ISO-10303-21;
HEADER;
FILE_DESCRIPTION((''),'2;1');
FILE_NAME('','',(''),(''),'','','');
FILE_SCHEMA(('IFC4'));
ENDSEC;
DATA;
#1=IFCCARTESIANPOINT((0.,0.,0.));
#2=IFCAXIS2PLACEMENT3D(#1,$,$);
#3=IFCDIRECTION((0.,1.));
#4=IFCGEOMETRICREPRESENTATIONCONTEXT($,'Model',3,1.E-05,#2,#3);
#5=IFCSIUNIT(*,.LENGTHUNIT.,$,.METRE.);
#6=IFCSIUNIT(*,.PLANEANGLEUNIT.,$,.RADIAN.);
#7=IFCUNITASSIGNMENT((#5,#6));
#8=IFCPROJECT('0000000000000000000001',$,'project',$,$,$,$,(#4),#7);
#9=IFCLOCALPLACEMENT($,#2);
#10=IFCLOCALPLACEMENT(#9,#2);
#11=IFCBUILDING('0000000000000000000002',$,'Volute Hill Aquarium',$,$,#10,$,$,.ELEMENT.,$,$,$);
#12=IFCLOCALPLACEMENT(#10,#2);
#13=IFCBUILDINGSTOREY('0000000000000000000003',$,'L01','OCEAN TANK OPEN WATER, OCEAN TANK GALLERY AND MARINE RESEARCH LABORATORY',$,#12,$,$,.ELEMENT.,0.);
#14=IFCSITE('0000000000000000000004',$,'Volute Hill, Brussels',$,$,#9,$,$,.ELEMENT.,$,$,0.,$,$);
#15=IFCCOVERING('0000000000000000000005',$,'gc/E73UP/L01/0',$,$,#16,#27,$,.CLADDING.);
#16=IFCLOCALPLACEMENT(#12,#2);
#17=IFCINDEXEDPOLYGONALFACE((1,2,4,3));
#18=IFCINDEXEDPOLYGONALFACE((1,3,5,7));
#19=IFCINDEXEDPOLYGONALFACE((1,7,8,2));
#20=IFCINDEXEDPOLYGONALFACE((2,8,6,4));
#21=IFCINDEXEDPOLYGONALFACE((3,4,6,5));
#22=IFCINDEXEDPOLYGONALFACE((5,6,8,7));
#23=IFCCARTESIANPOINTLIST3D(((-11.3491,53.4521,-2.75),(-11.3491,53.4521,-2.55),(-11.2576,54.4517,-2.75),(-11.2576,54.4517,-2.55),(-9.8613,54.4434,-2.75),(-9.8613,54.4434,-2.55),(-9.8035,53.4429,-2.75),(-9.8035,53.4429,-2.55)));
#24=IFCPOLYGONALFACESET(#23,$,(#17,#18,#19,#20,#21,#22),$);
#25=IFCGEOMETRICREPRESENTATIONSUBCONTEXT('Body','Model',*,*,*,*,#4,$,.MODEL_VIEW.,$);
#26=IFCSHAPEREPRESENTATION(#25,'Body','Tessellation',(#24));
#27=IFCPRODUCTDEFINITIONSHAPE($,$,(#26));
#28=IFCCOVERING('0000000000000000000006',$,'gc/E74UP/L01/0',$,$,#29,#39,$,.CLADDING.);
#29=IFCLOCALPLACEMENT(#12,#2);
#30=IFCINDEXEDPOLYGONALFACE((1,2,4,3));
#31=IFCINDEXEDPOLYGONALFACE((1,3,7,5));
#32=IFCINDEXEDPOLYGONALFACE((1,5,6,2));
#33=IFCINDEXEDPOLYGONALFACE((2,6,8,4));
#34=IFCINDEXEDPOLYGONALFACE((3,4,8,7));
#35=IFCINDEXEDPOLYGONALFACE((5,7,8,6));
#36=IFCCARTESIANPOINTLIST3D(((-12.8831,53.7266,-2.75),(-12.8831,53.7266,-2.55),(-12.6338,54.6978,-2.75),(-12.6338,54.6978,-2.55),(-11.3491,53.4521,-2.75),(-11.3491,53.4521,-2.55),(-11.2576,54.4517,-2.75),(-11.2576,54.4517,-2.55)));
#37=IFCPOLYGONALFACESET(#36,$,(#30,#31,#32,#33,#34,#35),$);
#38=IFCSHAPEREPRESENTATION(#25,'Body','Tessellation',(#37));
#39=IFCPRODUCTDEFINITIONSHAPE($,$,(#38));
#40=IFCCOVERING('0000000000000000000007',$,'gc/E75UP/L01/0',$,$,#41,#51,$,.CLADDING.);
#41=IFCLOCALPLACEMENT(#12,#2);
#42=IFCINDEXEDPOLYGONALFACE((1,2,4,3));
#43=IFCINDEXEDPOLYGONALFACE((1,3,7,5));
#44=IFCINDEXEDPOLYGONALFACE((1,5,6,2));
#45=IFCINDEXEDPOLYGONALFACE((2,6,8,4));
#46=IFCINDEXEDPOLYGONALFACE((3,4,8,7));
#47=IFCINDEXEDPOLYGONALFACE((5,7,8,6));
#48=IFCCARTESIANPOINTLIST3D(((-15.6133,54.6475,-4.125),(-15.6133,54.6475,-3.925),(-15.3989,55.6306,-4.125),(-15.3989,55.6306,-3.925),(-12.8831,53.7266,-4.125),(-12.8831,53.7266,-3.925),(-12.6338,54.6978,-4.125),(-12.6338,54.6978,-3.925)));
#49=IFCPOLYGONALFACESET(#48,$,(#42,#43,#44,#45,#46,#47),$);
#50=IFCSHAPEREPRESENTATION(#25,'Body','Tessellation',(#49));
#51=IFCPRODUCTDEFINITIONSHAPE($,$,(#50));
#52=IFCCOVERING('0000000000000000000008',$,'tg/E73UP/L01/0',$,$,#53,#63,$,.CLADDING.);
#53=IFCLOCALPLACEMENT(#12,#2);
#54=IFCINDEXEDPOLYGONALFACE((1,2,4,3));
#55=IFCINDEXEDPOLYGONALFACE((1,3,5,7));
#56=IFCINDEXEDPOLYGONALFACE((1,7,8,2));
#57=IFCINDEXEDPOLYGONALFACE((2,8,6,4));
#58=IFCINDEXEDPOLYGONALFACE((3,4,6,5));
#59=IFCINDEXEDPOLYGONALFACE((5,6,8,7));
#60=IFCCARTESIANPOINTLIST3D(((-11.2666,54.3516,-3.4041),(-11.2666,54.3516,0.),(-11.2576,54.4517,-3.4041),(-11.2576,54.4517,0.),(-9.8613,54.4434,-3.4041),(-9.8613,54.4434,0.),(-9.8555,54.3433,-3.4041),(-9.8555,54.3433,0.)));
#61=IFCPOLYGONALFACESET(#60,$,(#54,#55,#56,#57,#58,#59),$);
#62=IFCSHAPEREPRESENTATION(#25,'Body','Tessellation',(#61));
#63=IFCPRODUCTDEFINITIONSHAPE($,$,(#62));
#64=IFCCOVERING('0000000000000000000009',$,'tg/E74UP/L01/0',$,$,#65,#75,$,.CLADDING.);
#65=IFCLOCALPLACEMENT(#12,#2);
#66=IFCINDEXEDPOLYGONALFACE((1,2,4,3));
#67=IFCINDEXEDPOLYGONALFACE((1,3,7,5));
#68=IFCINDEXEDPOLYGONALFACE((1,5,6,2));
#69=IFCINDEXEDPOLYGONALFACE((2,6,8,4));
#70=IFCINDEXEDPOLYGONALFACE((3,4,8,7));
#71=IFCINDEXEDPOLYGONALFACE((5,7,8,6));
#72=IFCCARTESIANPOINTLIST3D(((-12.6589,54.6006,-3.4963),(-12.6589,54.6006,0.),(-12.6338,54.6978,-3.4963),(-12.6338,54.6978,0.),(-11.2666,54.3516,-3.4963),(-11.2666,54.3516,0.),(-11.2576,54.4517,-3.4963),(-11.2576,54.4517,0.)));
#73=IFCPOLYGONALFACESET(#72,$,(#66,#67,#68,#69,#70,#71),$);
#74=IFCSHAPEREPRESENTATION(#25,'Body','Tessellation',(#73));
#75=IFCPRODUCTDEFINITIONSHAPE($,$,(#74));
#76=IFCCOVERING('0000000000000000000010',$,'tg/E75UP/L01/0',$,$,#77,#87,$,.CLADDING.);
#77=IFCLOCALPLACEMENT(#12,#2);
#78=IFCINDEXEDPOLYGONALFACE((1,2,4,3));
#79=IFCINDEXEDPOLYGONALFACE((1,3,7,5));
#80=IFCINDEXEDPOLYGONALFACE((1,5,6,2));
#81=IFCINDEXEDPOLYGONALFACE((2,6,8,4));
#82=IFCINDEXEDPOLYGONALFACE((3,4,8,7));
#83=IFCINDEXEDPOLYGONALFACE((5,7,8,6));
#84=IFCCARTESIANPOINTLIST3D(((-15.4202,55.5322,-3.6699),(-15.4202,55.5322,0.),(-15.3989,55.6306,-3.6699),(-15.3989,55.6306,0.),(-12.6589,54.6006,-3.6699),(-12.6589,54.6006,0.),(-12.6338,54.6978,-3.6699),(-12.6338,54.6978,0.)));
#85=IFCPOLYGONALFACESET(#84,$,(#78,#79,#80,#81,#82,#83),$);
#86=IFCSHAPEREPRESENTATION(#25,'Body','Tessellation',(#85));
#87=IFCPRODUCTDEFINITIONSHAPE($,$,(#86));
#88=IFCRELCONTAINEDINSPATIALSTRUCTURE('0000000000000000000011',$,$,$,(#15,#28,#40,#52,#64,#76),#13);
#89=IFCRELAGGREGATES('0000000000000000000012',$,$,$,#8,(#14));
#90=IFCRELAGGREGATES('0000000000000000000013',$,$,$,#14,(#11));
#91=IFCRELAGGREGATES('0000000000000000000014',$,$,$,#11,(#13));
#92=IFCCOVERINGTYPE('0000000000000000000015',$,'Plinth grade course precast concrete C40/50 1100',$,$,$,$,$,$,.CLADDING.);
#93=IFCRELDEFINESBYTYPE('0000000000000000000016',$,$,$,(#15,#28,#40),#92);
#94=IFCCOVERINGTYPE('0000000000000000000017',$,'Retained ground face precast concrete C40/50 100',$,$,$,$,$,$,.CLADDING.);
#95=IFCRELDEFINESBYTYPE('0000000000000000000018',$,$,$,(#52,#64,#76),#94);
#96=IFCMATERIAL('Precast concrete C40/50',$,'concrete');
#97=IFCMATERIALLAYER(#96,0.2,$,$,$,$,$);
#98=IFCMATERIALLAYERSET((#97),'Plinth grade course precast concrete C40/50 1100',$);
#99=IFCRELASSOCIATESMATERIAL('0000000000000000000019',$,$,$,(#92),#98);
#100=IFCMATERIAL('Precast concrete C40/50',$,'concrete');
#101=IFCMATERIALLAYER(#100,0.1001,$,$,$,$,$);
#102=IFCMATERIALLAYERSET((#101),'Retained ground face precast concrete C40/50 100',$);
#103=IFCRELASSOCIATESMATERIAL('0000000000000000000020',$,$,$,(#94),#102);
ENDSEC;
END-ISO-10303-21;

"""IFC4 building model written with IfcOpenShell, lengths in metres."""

from ifc_helpers import new_model, si_unit, direction, frame, origin, place, context, subcontext, project, spatial, polyline, outline, extrude, material, layer, layer_set, type_object, element, save


model = new_model("IFC4")

# Units and contexts
model_context = context("Model", 3, precision=1e-05, world=origin(), true_north=direction((0.0, 1.0)))
body_context = subcontext(model_context, "Body", "Model", "MODEL_VIEW")
ifc_project = project(units=[si_unit("LENGTHUNIT", "METRE"), si_unit("PLANEANGLEUNIT", "RADIAN")], contexts=[model_context])

# Site, building, storey
site_placement = place(None, origin())
site = spatial("IfcSite", under=ifc_project, at=site_placement, Name="Volute Hill, Brussels", CompositionType="ELEMENT", RefElevation=0.0)
building_placement = place(site_placement, origin())
building = spatial("IfcBuilding", under=site, at=building_placement, Name="Volute Hill Aquarium", CompositionType="ELEMENT")
storey_placement = place(building_placement, origin())
storey = spatial("IfcBuildingStorey", under=building, at=storey_placement, Name="L01", Description="OCEAN TANK OPEN WATER, OCEAN TANK GALLERY AND MARINE RESEARCH LABORATORY", CompositionType="ELEMENT", Elevation=0.0)

# Coverings
ifc_material_1 = material(Name="Precast concrete C40/50", Category="concrete")
ifc_layer_1 = layer(ifc_material_1, 0.2)
ifc_layer_set_1 = layer_set([ifc_layer_1], Name="Plinth grade course precast concrete C40/50 1100")
covering_type_1 = type_object("IfcCoveringType", Name="Plinth grade course precast concrete C40/50 1100", PredefinedType="CLADDING", material=ifc_layer_set_1)
covering_1_placement = place(storey_placement, frame((0.0, 0.0, -2.75)))
element("IfcCovering", 1, at=covering_1_placement, inside=storey, type_object=covering_type_1, Name="gc/E73UP/L01/0", PredefinedType="CLADDING", context=body_context, shape_type="SweptSolid", body=[
    extrude(outline(polyline([(-9.8613, 54.4434), (-11.2576, 54.4517), (-11.3491, 53.4521), (-9.8035, 53.4429), (-9.8035, 53.4429), (-9.8613, 54.4434)])), origin(), (0.0, 0.0, 1.0), 0.2),
])
covering_2_placement = place(storey_placement, frame((0.0, 0.0, -2.75)))
element("IfcCovering", 2, at=covering_2_placement, inside=storey, type_object=covering_type_1, Name="gc/E74UP/L01/0", PredefinedType="CLADDING", context=body_context, shape_type="SweptSolid", body=[
    extrude(outline(polyline([(-11.2576, 54.4517), (-12.6338, 54.6978), (-12.8831, 53.7266), (-12.8831, 53.7266), (-11.3491, 53.4521), (-11.3491, 53.4521), (-11.2576, 54.4517), (-11.2576, 54.4517)])), origin(), (0.0, 0.0, 1.0), 0.2),
])
covering_3_placement = place(storey_placement, frame((0.0, 0.0, -4.125)))
element("IfcCovering", 3, at=covering_3_placement, inside=storey, type_object=covering_type_1, Name="gc/E75UP/L01/0", PredefinedType="CLADDING", context=body_context, shape_type="SweptSolid", body=[
    extrude(outline(polyline([(-12.6338, 54.6978), (-15.3989, 55.6306), (-15.6133, 54.6475), (-15.6133, 54.6475), (-12.8831, 53.7266), (-12.6338, 54.6978)])), origin(), (0.0, 0.0, 1.0), 0.2),
])
ifc_material_2 = material(Name="Precast concrete C40/50", Category="concrete")
ifc_layer_2 = layer(ifc_material_2, 0.1001)
ifc_layer_set_2 = layer_set([ifc_layer_2], Name="Retained ground face precast concrete C40/50 100")
covering_type_2 = type_object("IfcCoveringType", Name="Retained ground face precast concrete C40/50 100", PredefinedType="CLADDING", material=ifc_layer_set_2)
covering_4_placement = place(storey_placement, frame((0.0, 0.0, -3.4041)))
element("IfcCovering", 4, at=covering_4_placement, inside=storey, type_object=covering_type_2, Name="tg/E73UP/L01/0", PredefinedType="CLADDING", context=body_context, shape_type="SweptSolid", body=[
    extrude(outline(polyline([(-9.8613, 54.4434), (-11.2576, 54.4517), (-11.2666, 54.3516), (-9.8555, 54.3433), (-9.8555, 54.3433), (-9.8613, 54.4434)])), origin(), (0.0, 0.0, 1.0), 3.4041),
])
covering_5_placement = place(storey_placement, frame((0.0, 0.0, -3.4963)))
element("IfcCovering", 5, at=covering_5_placement, inside=storey, type_object=covering_type_2, Name="tg/E74UP/L01/0", PredefinedType="CLADDING", context=body_context, shape_type="SweptSolid", body=[
    extrude(outline(polyline([(-11.2576, 54.4517), (-12.6338, 54.6978), (-12.6589, 54.6006), (-12.6589, 54.6006), (-11.2666, 54.3516), (-11.2666, 54.3516), (-11.2576, 54.4517), (-11.2576, 54.4517)])), origin(), (0.0, 0.0, 1.0), 3.4963),
])
covering_6_placement = place(storey_placement, frame((0.0, 0.0, -3.6699)))
element("IfcCovering", 6, at=covering_6_placement, inside=storey, type_object=covering_type_2, Name="tg/E75UP/L01/0", PredefinedType="CLADDING", context=body_context, shape_type="SweptSolid", body=[
    extrude(outline(polyline([(-12.6338, 54.6978), (-15.3989, 55.6306), (-15.4202, 55.5322), (-12.6589, 54.6006), (-12.6338, 54.6978)])), origin(), (0.0, 0.0, 1.0), 3.6699),
])

save(model, "model.ifc")
